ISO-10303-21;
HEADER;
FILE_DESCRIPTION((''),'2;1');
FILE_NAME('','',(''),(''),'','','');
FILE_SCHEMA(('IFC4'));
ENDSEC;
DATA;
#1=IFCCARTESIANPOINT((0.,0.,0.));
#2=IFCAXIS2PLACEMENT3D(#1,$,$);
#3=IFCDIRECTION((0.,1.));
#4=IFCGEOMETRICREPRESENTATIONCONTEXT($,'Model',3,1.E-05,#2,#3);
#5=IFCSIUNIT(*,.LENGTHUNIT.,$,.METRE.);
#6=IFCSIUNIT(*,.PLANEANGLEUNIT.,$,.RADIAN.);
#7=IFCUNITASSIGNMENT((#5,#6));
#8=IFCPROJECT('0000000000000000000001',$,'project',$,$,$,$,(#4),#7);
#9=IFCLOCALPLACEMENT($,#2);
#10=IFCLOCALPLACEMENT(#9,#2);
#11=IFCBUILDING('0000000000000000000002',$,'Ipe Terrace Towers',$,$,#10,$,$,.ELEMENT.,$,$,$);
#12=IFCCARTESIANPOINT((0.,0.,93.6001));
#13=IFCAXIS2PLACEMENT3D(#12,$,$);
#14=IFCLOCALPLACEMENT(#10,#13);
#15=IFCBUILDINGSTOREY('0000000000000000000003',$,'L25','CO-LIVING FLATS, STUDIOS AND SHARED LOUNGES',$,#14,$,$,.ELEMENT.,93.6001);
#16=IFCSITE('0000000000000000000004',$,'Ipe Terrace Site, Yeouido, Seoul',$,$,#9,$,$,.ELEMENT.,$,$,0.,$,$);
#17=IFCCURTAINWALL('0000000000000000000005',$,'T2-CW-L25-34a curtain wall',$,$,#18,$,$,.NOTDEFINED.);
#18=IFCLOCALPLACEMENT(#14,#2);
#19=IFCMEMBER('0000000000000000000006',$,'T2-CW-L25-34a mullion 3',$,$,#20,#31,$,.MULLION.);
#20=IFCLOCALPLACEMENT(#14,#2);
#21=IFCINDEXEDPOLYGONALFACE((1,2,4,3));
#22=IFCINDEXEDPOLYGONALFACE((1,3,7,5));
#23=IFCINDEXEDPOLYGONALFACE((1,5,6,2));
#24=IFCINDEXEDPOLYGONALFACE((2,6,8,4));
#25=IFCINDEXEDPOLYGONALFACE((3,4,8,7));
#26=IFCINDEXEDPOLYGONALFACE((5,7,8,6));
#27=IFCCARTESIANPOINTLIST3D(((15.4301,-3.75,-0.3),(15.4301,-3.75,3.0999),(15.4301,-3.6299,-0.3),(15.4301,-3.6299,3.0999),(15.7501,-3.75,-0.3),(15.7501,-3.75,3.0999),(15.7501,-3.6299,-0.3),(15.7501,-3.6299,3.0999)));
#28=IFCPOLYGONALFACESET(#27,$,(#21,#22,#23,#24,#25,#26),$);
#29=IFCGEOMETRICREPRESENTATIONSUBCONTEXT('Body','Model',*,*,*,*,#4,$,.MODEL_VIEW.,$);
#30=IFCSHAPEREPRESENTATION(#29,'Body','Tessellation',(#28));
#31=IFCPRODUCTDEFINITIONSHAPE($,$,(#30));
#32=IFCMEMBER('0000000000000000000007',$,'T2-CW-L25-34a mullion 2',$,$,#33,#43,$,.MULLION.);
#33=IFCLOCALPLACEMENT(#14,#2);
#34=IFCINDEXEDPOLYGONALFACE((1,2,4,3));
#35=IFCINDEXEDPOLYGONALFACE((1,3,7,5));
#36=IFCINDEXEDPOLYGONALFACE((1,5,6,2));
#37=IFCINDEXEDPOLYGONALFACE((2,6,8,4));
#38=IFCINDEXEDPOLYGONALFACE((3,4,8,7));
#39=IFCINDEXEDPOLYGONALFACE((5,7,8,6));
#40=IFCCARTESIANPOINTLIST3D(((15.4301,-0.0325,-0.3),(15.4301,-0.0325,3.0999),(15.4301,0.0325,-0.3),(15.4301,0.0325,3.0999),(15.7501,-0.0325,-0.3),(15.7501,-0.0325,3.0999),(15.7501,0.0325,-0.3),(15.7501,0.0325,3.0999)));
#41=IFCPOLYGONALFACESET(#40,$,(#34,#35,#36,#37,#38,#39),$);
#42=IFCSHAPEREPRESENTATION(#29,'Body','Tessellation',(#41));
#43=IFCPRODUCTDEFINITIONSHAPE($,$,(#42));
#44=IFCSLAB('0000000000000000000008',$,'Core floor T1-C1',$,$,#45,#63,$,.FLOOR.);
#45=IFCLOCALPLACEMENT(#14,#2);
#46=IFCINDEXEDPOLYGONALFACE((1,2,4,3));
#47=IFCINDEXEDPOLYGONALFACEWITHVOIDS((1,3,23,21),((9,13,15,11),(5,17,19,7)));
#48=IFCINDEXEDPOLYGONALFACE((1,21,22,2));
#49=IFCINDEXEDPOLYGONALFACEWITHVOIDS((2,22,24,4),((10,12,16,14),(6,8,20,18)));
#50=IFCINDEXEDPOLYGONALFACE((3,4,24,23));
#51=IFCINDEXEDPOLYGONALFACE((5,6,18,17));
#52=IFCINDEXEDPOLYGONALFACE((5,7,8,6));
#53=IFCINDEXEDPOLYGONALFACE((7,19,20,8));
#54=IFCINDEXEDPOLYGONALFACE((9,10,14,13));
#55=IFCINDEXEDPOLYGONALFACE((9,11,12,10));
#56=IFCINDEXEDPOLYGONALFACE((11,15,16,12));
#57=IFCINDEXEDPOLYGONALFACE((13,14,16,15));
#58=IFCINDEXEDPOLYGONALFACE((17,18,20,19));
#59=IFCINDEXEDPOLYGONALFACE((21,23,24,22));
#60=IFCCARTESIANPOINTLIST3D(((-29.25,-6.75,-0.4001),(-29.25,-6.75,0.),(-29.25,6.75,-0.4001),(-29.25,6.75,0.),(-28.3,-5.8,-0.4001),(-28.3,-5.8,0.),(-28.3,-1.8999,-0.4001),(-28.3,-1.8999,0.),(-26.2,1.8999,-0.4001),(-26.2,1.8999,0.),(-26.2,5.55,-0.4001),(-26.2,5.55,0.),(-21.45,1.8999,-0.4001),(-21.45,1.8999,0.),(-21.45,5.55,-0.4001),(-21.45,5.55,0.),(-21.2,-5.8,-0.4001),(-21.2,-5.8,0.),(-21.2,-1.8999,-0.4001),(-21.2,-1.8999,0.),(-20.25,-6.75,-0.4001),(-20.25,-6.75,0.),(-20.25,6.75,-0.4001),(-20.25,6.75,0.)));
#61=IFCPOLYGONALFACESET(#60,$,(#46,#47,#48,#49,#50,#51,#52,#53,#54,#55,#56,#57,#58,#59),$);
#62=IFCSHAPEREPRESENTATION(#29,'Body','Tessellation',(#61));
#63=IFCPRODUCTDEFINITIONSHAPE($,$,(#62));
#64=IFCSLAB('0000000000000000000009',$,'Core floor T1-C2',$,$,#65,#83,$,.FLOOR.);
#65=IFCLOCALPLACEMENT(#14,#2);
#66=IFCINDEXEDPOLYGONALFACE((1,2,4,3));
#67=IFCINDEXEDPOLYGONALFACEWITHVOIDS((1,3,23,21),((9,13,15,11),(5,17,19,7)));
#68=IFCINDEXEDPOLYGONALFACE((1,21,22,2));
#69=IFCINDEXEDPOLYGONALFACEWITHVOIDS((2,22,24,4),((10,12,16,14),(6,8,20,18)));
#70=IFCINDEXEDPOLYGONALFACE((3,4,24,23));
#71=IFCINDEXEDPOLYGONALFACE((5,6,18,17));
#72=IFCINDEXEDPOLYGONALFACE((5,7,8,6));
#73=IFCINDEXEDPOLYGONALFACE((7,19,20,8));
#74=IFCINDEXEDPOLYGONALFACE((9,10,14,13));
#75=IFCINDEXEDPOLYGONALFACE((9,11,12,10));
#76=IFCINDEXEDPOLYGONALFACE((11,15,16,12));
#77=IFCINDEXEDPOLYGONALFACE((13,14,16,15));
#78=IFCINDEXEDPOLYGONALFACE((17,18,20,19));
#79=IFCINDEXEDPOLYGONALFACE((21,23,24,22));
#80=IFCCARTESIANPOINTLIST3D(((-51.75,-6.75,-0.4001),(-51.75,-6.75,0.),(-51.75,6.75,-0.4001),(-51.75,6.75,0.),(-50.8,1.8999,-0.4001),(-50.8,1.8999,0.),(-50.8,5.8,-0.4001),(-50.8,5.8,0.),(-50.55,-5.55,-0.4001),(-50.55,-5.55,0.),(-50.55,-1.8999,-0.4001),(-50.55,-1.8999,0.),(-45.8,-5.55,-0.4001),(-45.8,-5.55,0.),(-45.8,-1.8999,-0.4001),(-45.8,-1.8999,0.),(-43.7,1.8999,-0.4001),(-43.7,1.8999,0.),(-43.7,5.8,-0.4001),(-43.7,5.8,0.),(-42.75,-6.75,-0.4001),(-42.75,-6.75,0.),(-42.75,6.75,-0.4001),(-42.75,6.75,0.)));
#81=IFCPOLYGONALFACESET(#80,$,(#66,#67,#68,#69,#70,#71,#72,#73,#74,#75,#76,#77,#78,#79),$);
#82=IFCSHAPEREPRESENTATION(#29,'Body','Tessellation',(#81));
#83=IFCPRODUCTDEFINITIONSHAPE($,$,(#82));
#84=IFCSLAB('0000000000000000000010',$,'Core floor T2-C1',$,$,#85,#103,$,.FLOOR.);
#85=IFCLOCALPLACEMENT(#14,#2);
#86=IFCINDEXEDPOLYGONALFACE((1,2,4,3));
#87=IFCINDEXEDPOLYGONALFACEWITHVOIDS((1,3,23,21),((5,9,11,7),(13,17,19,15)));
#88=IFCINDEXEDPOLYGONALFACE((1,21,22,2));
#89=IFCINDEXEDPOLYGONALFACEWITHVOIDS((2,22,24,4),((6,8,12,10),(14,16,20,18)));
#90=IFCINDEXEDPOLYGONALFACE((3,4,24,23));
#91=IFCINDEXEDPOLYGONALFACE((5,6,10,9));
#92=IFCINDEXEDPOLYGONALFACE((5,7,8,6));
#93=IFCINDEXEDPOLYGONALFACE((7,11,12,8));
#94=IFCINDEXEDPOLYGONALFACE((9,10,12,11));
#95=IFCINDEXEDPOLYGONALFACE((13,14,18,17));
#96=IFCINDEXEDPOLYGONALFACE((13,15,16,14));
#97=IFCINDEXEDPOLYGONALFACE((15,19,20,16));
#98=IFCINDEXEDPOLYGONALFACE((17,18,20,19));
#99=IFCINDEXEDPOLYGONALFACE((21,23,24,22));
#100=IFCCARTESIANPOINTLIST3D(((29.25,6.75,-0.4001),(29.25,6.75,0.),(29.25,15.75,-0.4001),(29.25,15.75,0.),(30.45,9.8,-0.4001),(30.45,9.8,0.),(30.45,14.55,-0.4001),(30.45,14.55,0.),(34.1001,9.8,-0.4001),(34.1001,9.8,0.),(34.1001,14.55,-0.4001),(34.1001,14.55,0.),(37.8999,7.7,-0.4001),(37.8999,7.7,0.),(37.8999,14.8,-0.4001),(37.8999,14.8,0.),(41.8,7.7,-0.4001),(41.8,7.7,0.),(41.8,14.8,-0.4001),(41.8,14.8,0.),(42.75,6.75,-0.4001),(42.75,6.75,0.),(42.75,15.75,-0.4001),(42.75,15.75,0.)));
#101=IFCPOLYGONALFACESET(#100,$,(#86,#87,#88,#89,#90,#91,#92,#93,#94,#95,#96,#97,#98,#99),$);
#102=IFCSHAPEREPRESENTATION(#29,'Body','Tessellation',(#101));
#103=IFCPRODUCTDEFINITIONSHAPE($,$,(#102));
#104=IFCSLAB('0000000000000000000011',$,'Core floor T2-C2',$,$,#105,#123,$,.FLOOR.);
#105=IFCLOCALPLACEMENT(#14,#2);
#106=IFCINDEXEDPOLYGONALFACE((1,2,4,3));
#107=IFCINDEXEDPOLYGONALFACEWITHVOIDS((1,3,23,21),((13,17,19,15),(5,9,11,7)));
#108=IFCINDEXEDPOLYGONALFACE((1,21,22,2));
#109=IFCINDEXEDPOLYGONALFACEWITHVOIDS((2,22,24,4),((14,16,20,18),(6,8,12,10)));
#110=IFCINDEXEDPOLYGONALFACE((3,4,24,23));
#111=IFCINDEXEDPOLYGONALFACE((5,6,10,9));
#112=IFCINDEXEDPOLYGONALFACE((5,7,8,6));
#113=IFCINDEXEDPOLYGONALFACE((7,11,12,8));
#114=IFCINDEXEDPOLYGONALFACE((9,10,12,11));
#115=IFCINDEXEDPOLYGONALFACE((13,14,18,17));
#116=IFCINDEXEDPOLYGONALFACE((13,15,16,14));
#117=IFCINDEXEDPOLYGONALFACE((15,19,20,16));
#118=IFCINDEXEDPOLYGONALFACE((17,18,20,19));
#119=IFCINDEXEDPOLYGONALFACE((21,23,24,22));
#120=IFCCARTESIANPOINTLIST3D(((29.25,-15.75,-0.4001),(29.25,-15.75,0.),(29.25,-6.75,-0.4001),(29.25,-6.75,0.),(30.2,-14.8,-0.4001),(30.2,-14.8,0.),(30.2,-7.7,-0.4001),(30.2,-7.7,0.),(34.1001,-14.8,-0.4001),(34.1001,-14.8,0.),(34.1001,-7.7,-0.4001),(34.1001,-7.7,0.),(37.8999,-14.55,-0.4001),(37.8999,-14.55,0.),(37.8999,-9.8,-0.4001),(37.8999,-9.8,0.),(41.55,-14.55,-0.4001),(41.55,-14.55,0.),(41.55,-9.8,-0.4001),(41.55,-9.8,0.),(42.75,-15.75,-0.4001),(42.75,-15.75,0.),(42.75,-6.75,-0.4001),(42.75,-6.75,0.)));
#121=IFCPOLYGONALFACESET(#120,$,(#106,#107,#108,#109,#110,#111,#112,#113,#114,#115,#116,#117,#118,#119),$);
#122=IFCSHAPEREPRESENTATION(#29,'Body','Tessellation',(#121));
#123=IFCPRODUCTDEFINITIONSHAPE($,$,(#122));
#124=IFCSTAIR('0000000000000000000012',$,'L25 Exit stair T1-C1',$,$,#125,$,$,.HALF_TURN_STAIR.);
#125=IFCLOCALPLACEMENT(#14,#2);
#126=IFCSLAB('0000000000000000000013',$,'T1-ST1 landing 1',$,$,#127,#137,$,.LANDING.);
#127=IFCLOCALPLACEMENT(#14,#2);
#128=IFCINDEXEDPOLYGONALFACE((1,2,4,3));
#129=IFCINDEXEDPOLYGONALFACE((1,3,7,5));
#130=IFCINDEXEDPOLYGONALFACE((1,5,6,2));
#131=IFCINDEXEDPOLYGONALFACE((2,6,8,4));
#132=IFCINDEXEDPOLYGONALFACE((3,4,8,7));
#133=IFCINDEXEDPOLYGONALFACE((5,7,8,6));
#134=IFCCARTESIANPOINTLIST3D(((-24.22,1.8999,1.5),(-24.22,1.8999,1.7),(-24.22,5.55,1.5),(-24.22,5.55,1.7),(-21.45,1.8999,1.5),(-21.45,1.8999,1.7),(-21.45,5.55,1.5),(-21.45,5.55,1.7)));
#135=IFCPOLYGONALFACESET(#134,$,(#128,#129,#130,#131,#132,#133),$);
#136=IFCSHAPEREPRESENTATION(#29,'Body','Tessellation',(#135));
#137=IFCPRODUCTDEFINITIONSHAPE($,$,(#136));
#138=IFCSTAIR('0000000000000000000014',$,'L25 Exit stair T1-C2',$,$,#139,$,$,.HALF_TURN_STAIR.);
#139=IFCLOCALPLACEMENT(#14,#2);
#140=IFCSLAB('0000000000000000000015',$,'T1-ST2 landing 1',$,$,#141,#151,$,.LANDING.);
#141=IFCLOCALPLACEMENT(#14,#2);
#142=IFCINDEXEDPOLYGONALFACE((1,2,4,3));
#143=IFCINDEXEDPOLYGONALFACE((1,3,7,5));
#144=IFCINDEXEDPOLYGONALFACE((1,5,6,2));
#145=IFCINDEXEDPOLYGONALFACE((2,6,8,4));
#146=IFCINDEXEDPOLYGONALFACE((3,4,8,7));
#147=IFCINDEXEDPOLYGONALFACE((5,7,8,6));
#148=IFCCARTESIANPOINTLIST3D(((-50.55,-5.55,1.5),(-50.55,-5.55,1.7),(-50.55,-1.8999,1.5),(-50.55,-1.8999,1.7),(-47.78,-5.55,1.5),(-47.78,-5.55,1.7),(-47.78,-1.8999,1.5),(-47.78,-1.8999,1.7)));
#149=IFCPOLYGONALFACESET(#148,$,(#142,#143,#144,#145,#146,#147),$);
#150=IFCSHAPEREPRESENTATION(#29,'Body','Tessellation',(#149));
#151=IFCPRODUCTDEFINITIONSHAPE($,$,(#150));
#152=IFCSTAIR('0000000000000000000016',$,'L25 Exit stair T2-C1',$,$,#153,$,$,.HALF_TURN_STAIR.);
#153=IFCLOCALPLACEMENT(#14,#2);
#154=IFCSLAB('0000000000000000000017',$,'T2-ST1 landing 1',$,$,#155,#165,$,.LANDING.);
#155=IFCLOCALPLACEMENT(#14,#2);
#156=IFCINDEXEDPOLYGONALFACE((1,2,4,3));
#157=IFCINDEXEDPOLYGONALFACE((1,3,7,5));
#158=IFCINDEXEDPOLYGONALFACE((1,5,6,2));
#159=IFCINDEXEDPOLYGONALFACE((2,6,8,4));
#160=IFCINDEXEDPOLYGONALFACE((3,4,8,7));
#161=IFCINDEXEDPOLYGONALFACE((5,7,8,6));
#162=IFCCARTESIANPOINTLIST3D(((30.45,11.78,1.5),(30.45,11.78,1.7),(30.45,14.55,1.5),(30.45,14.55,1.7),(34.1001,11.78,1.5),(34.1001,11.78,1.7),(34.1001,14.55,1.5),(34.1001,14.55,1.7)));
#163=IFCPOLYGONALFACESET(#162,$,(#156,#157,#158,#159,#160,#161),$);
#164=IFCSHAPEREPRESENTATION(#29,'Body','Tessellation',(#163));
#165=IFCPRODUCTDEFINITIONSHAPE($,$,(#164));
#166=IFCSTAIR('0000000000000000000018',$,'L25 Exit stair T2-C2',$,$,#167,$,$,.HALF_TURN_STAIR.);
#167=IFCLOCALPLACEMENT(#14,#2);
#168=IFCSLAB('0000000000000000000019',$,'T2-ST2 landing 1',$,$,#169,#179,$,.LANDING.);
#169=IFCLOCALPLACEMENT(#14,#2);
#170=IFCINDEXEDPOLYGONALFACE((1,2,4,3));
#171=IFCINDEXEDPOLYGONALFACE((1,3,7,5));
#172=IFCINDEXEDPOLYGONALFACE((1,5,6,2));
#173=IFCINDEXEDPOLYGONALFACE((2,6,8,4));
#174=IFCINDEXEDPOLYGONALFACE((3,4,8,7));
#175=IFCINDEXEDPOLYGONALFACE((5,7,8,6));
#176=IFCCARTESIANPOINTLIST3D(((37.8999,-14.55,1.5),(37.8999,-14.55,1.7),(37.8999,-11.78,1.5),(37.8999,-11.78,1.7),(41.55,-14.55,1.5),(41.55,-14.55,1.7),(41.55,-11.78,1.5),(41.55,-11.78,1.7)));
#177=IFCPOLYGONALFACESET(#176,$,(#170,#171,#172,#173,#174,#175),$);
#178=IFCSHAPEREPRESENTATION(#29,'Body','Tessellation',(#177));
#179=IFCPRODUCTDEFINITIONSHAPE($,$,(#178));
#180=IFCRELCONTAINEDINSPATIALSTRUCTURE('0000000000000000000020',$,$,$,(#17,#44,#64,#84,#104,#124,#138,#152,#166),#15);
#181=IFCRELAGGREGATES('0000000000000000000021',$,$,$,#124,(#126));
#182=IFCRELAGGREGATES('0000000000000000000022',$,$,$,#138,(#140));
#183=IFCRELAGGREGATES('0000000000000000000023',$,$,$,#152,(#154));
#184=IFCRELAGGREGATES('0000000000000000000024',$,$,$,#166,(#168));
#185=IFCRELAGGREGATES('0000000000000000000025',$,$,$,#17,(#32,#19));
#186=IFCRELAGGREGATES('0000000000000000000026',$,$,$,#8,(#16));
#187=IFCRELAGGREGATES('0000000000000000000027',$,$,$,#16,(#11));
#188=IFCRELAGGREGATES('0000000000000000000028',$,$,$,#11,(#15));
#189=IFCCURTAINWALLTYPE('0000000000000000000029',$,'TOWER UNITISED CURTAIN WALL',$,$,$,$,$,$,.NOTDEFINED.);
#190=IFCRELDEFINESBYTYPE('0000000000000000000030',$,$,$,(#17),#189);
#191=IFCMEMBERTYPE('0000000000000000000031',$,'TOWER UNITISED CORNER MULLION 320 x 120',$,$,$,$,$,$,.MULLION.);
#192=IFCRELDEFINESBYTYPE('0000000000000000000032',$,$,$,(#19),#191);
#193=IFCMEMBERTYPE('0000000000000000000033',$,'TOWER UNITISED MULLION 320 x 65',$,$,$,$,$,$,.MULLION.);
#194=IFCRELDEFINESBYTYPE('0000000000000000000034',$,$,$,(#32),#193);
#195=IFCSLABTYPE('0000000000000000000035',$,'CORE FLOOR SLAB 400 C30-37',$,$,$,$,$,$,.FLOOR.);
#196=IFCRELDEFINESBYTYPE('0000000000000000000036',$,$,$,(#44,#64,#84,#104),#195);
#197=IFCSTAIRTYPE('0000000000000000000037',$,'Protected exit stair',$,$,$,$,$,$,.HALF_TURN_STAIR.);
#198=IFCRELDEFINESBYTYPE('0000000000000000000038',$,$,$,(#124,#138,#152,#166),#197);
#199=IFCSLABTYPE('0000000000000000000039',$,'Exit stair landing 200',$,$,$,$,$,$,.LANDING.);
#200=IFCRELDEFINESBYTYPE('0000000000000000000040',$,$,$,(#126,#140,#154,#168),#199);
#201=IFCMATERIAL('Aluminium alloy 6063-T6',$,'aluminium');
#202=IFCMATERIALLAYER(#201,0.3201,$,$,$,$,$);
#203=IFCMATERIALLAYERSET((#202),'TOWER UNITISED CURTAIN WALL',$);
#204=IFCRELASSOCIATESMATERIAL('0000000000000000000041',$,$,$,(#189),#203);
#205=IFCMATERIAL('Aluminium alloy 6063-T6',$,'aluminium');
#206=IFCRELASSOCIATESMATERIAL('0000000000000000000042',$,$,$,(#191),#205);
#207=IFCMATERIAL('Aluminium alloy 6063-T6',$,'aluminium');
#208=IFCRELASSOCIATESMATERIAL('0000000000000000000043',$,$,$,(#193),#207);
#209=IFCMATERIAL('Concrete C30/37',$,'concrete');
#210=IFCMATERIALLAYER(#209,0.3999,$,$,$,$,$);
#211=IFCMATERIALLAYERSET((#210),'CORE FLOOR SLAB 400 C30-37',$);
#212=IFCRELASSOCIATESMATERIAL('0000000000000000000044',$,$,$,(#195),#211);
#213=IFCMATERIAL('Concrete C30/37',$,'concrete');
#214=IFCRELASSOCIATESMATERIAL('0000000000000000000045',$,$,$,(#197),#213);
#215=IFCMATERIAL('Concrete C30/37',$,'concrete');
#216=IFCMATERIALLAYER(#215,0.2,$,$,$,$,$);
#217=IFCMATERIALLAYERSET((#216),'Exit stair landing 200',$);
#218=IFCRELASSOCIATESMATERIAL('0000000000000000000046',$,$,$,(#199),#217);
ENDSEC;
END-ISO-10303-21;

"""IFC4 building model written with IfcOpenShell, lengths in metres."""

from ifc_helpers import new_model, si_unit, direction, frame, origin, origin_2d, place, context, subcontext, project, spatial, polyline, rectangle, outline, extrude, material, layer, layer_set, material_profile, profile_set, type_object, element, aggregate, save


model = new_model("IFC4")

# Units and contexts
model_context = context("Model", 3, precision=1e-05, world=origin(), true_north=direction((0.0, 1.0)))
body_context = subcontext(model_context, "Body", "Model", "MODEL_VIEW")
ifc_project = project(units=[si_unit("LENGTHUNIT", "METRE"), si_unit("PLANEANGLEUNIT", "RADIAN")], contexts=[model_context])

# Site, building, storey
site_placement = place(None, origin())
site = spatial("IfcSite", under=ifc_project, at=site_placement, Name="Ipe Terrace Site, Yeouido, Seoul", CompositionType="ELEMENT", RefElevation=0.0)
building_placement = place(site_placement, origin())
building = spatial("IfcBuilding", under=site, at=building_placement, Name="Ipe Terrace Towers", CompositionType="ELEMENT")
storey_placement = place(building_placement, frame((0.0, 0.0, 93.6001)))
storey = spatial("IfcBuildingStorey", under=building, at=storey_placement, Name="L25", Description="CO-LIVING FLATS, STUDIOS AND SHARED LOUNGES", CompositionType="ELEMENT", Elevation=93.6001)

# Curtain wall, members
ifc_material_1 = material(Name="Aluminium alloy 6063-T6", Category="aluminium")
ifc_layer_1 = layer(ifc_material_1, 0.3201)
ifc_layer_set_1 = layer_set([ifc_layer_1], Name="TOWER UNITISED CURTAIN WALL")
curtain_wall_type = type_object("IfcCurtainWallType", Name="TOWER UNITISED CURTAIN WALL", PredefinedType="NOTDEFINED", material=ifc_layer_set_1)
curtain_wall_placement = place(storey_placement, origin())
curtain_wall = element("IfcCurtainWall", 1, at=curtain_wall_placement, inside=storey, type_object=curtain_wall_type, Name="T2-CW-L25-34a curtain wall", PredefinedType="NOTDEFINED")
ifc_material_2 = material(Name="Aluminium alloy 6063-T6", Category="aluminium")
ifc_material_profile_1 = material_profile(ifc_material_2, rectangle(XDim=0.3201, YDim=0.1201, at=origin_2d()), Name="TOWER UNITISED CORNER MULLION 320 x 120")
ifc_profile_set_1 = profile_set([ifc_material_profile_1], Name="Aluminium alloy 6063-T6")
member_type_1 = type_object("IfcMemberType", Name="TOWER UNITISED CORNER MULLION 320 x 120", PredefinedType="MULLION", material=ifc_profile_set_1)
member_1_placement = place(storey_placement, frame((15.5901, -3.6899, -0.3), z_axis=(0.0, 0.0, 1.0), x_axis=(-1.0, 0.0, 0.0)))
member_1 = element("IfcMember", 2, at=member_1_placement, type_object=member_type_1, Name="T2-CW-L25-34a mullion 3", PredefinedType="MULLION", context=body_context, shape_type="SweptSolid", body=[
    extrude(rectangle(XDim=0.3201, YDim=0.1201, at=origin_2d()), origin(), (0.0, 0.0, 1.0), 3.3999),
])
ifc_material_3 = material(Name="Aluminium alloy 6063-T6", Category="aluminium")
ifc_material_profile_2 = material_profile(ifc_material_3, rectangle(XDim=0.3201, YDim=0.0649, at=origin_2d()), Name="TOWER UNITISED MULLION 320 x 65")
ifc_profile_set_2 = profile_set([ifc_material_profile_2], Name="Aluminium alloy 6063-T6")
member_type_2 = type_object("IfcMemberType", Name="TOWER UNITISED MULLION 320 x 65", PredefinedType="MULLION", material=ifc_profile_set_2)
member_2_placement = place(storey_placement, frame((15.5901, 0.0, -0.3), z_axis=(0.0, 0.0, 1.0), x_axis=(-1.0, 0.0, 0.0)))
member_2 = element("IfcMember", 3, at=member_2_placement, type_object=member_type_2, Name="T2-CW-L25-34a mullion 2", PredefinedType="MULLION", context=body_context, shape_type="SweptSolid", body=[
    extrude(rectangle(XDim=0.3201, YDim=0.0649, at=origin_2d()), origin(), (0.0, 0.0, 1.0), 3.3999),
])

# Slabs
ifc_material_4 = material(Name="Concrete C30/37", Category="concrete")
ifc_layer_2 = layer(ifc_material_4, 0.3999)
ifc_layer_set_2 = layer_set([ifc_layer_2], Name="CORE FLOOR SLAB 400 C30-37")
slab_type_1 = type_object("IfcSlabType", Name="CORE FLOOR SLAB 400 C30-37", PredefinedType="FLOOR", material=ifc_layer_set_2)
slab_1_placement = place(storey_placement, frame((0.0, 0.0, -0.4001)))
element("IfcSlab", 4, at=slab_1_placement, inside=storey, type_object=slab_type_1, Name="Core floor T1-C1", PredefinedType="FLOOR", context=body_context, shape_type="SweptSolid", body=[
    extrude(outline(polyline([(-29.25, -6.75), (-29.25, 6.75), (-20.25, 6.75), (-20.25, -6.75), (-29.25, -6.75)]), holes=[polyline([(-28.3, -5.8), (-21.2, -5.8), (-21.2, -1.8999), (-28.3, -1.8999), (-28.3, -5.8)]), polyline([(-26.2, 5.55), (-26.2, 1.8999), (-21.45, 1.8999), (-21.45, 5.55), (-26.2, 5.55)])]), origin(), (0.0, 0.0, 1.0), 0.4001),
])
slab_2_placement = place(storey_placement, frame((0.0, 0.0, -0.4001)))
element("IfcSlab", 5, at=slab_2_placement, inside=storey, type_object=slab_type_1, Name="Core floor T1-C2", PredefinedType="FLOOR", context=body_context, shape_type="SweptSolid", body=[
    extrude(outline(polyline([(-51.75, -6.75), (-51.75, 6.75), (-42.75, 6.75), (-42.75, -6.75), (-51.75, -6.75)]), holes=[polyline([(-45.8, -5.55), (-45.8, -1.8999), (-50.55, -1.8999), (-50.55, -5.55), (-45.8, -5.55)]), polyline([(-50.8, 1.8999), (-43.7, 1.8999), (-43.7, 5.8), (-50.8, 5.8), (-50.8, 1.8999)])]), origin(), (0.0, 0.0, 1.0), 0.4001),
])
slab_3_placement = place(storey_placement, frame((0.0, 0.0, -0.4001)))
element("IfcSlab", 6, at=slab_3_placement, inside=storey, type_object=slab_type_1, Name="Core floor T2-C1", PredefinedType="FLOOR", context=body_context, shape_type="SweptSolid", body=[
    extrude(outline(polyline([(29.25, 6.75), (29.25, 15.75), (42.75, 15.75), (42.75, 6.75), (29.25, 6.75)]), holes=[polyline([(41.8, 7.7), (41.8, 14.8), (37.8999, 14.8), (37.8999, 7.7), (41.8, 7.7)]), polyline([(30.45, 9.8), (34.1001, 9.8), (34.1001, 14.55), (30.45, 14.55), (30.45, 9.8)])]), origin(), (0.0, 0.0, 1.0), 0.4001),
])
slab_4_placement = place(storey_placement, frame((0.0, 0.0, -0.4001)))
element("IfcSlab", 7, at=slab_4_placement, inside=storey, type_object=slab_type_1, Name="Core floor T2-C2", PredefinedType="FLOOR", context=body_context, shape_type="SweptSolid", body=[
    extrude(outline(polyline([(29.25, -15.75), (29.25, -6.75), (42.75, -6.75), (42.75, -15.75), (29.25, -15.75)]), holes=[polyline([(34.1001, -14.8), (34.1001, -7.7), (30.2, -7.7), (30.2, -14.8), (34.1001, -14.8)]), polyline([(41.55, -9.8), (37.8999, -9.8), (37.8999, -14.55), (41.55, -14.55), (41.55, -9.8)])]), origin(), (0.0, 0.0, 1.0), 0.4001),
])

# Stairs, slabs
ifc_material_5 = material(Name="Concrete C30/37", Category="concrete")
stair_type = type_object("IfcStairType", Name="Protected exit stair", PredefinedType="HALF_TURN_STAIR", material=ifc_material_5)
stair_1_placement = place(storey_placement, origin())
stair_1 = element("IfcStair", 8, at=stair_1_placement, inside=storey, type_object=stair_type, Name="L25 Exit stair T1-C1", PredefinedType="HALF_TURN_STAIR")
ifc_material_6 = material(Name="Concrete C30/37", Category="concrete")
ifc_layer_3 = layer(ifc_material_6, 0.2)
ifc_layer_set_3 = layer_set([ifc_layer_3], Name="Exit stair landing 200")
slab_type_2 = type_object("IfcSlabType", Name="Exit stair landing 200", PredefinedType="LANDING", material=ifc_layer_set_3)
slab_5_placement = place(storey_placement, frame((0.0, 0.0, 1.5)))
slab_5 = element("IfcSlab", 9, at=slab_5_placement, type_object=slab_type_2, Name="T1-ST1 landing 1", PredefinedType="LANDING", context=body_context, shape_type="SweptSolid", body=[
    extrude(outline(polyline([(-24.22, 1.8999), (-21.45, 1.8999), (-21.45, 5.55), (-24.22, 5.55), (-24.22, 1.8999)])), origin(), (0.0, 0.0, 1.0), 0.2),
])
aggregate(stair_1, [slab_5])
stair_2_placement = place(storey_placement, origin())
stair_2 = element("IfcStair", 10, at=stair_2_placement, inside=storey, type_object=stair_type, Name="L25 Exit stair T1-C2", PredefinedType="HALF_TURN_STAIR")
slab_6_placement = place(storey_placement, frame((0.0, 0.0, 1.5)))
slab_6 = element("IfcSlab", 11, at=slab_6_placement, type_object=slab_type_2, Name="T1-ST2 landing 1", PredefinedType="LANDING", context=body_context, shape_type="SweptSolid", body=[
    extrude(outline(polyline([(-47.78, -1.8999), (-50.55, -1.8999), (-50.55, -5.55), (-47.78, -5.55), (-47.78, -1.8999)])), origin(), (0.0, 0.0, 1.0), 0.2),
])
aggregate(stair_2, [slab_6])
stair_3_placement = place(storey_placement, origin())
stair_3 = element("IfcStair", 12, at=stair_3_placement, inside=storey, type_object=stair_type, Name="L25 Exit stair T2-C1", PredefinedType="HALF_TURN_STAIR")
slab_7_placement = place(storey_placement, frame((0.0, 0.0, 1.5)))
slab_7 = element("IfcSlab", 13, at=slab_7_placement, type_object=slab_type_2, Name="T2-ST1 landing 1", PredefinedType="LANDING", context=body_context, shape_type="SweptSolid", body=[
    extrude(outline(polyline([(34.1001, 11.78), (34.1001, 14.55), (30.45, 14.55), (30.45, 11.78), (34.1001, 11.78)])), origin(), (0.0, 0.0, 1.0), 0.2),
])
aggregate(stair_3, [slab_7])
stair_4_placement = place(storey_placement, origin())
stair_4 = element("IfcStair", 14, at=stair_4_placement, inside=storey, type_object=stair_type, Name="L25 Exit stair T2-C2", PredefinedType="HALF_TURN_STAIR")
slab_8_placement = place(storey_placement, frame((0.0, 0.0, 1.5)))
slab_8 = element("IfcSlab", 15, at=slab_8_placement, type_object=slab_type_2, Name="T2-ST2 landing 1", PredefinedType="LANDING", context=body_context, shape_type="SweptSolid", body=[
    extrude(outline(polyline([(37.8999, -11.78), (37.8999, -14.55), (41.55, -14.55), (41.55, -11.78), (37.8999, -11.78)])), origin(), (0.0, 0.0, 1.0), 0.2),
])
aggregate(stair_4, [slab_8])

aggregate(curtain_wall, [member_2, member_1])

save(model, "model.ifc")
